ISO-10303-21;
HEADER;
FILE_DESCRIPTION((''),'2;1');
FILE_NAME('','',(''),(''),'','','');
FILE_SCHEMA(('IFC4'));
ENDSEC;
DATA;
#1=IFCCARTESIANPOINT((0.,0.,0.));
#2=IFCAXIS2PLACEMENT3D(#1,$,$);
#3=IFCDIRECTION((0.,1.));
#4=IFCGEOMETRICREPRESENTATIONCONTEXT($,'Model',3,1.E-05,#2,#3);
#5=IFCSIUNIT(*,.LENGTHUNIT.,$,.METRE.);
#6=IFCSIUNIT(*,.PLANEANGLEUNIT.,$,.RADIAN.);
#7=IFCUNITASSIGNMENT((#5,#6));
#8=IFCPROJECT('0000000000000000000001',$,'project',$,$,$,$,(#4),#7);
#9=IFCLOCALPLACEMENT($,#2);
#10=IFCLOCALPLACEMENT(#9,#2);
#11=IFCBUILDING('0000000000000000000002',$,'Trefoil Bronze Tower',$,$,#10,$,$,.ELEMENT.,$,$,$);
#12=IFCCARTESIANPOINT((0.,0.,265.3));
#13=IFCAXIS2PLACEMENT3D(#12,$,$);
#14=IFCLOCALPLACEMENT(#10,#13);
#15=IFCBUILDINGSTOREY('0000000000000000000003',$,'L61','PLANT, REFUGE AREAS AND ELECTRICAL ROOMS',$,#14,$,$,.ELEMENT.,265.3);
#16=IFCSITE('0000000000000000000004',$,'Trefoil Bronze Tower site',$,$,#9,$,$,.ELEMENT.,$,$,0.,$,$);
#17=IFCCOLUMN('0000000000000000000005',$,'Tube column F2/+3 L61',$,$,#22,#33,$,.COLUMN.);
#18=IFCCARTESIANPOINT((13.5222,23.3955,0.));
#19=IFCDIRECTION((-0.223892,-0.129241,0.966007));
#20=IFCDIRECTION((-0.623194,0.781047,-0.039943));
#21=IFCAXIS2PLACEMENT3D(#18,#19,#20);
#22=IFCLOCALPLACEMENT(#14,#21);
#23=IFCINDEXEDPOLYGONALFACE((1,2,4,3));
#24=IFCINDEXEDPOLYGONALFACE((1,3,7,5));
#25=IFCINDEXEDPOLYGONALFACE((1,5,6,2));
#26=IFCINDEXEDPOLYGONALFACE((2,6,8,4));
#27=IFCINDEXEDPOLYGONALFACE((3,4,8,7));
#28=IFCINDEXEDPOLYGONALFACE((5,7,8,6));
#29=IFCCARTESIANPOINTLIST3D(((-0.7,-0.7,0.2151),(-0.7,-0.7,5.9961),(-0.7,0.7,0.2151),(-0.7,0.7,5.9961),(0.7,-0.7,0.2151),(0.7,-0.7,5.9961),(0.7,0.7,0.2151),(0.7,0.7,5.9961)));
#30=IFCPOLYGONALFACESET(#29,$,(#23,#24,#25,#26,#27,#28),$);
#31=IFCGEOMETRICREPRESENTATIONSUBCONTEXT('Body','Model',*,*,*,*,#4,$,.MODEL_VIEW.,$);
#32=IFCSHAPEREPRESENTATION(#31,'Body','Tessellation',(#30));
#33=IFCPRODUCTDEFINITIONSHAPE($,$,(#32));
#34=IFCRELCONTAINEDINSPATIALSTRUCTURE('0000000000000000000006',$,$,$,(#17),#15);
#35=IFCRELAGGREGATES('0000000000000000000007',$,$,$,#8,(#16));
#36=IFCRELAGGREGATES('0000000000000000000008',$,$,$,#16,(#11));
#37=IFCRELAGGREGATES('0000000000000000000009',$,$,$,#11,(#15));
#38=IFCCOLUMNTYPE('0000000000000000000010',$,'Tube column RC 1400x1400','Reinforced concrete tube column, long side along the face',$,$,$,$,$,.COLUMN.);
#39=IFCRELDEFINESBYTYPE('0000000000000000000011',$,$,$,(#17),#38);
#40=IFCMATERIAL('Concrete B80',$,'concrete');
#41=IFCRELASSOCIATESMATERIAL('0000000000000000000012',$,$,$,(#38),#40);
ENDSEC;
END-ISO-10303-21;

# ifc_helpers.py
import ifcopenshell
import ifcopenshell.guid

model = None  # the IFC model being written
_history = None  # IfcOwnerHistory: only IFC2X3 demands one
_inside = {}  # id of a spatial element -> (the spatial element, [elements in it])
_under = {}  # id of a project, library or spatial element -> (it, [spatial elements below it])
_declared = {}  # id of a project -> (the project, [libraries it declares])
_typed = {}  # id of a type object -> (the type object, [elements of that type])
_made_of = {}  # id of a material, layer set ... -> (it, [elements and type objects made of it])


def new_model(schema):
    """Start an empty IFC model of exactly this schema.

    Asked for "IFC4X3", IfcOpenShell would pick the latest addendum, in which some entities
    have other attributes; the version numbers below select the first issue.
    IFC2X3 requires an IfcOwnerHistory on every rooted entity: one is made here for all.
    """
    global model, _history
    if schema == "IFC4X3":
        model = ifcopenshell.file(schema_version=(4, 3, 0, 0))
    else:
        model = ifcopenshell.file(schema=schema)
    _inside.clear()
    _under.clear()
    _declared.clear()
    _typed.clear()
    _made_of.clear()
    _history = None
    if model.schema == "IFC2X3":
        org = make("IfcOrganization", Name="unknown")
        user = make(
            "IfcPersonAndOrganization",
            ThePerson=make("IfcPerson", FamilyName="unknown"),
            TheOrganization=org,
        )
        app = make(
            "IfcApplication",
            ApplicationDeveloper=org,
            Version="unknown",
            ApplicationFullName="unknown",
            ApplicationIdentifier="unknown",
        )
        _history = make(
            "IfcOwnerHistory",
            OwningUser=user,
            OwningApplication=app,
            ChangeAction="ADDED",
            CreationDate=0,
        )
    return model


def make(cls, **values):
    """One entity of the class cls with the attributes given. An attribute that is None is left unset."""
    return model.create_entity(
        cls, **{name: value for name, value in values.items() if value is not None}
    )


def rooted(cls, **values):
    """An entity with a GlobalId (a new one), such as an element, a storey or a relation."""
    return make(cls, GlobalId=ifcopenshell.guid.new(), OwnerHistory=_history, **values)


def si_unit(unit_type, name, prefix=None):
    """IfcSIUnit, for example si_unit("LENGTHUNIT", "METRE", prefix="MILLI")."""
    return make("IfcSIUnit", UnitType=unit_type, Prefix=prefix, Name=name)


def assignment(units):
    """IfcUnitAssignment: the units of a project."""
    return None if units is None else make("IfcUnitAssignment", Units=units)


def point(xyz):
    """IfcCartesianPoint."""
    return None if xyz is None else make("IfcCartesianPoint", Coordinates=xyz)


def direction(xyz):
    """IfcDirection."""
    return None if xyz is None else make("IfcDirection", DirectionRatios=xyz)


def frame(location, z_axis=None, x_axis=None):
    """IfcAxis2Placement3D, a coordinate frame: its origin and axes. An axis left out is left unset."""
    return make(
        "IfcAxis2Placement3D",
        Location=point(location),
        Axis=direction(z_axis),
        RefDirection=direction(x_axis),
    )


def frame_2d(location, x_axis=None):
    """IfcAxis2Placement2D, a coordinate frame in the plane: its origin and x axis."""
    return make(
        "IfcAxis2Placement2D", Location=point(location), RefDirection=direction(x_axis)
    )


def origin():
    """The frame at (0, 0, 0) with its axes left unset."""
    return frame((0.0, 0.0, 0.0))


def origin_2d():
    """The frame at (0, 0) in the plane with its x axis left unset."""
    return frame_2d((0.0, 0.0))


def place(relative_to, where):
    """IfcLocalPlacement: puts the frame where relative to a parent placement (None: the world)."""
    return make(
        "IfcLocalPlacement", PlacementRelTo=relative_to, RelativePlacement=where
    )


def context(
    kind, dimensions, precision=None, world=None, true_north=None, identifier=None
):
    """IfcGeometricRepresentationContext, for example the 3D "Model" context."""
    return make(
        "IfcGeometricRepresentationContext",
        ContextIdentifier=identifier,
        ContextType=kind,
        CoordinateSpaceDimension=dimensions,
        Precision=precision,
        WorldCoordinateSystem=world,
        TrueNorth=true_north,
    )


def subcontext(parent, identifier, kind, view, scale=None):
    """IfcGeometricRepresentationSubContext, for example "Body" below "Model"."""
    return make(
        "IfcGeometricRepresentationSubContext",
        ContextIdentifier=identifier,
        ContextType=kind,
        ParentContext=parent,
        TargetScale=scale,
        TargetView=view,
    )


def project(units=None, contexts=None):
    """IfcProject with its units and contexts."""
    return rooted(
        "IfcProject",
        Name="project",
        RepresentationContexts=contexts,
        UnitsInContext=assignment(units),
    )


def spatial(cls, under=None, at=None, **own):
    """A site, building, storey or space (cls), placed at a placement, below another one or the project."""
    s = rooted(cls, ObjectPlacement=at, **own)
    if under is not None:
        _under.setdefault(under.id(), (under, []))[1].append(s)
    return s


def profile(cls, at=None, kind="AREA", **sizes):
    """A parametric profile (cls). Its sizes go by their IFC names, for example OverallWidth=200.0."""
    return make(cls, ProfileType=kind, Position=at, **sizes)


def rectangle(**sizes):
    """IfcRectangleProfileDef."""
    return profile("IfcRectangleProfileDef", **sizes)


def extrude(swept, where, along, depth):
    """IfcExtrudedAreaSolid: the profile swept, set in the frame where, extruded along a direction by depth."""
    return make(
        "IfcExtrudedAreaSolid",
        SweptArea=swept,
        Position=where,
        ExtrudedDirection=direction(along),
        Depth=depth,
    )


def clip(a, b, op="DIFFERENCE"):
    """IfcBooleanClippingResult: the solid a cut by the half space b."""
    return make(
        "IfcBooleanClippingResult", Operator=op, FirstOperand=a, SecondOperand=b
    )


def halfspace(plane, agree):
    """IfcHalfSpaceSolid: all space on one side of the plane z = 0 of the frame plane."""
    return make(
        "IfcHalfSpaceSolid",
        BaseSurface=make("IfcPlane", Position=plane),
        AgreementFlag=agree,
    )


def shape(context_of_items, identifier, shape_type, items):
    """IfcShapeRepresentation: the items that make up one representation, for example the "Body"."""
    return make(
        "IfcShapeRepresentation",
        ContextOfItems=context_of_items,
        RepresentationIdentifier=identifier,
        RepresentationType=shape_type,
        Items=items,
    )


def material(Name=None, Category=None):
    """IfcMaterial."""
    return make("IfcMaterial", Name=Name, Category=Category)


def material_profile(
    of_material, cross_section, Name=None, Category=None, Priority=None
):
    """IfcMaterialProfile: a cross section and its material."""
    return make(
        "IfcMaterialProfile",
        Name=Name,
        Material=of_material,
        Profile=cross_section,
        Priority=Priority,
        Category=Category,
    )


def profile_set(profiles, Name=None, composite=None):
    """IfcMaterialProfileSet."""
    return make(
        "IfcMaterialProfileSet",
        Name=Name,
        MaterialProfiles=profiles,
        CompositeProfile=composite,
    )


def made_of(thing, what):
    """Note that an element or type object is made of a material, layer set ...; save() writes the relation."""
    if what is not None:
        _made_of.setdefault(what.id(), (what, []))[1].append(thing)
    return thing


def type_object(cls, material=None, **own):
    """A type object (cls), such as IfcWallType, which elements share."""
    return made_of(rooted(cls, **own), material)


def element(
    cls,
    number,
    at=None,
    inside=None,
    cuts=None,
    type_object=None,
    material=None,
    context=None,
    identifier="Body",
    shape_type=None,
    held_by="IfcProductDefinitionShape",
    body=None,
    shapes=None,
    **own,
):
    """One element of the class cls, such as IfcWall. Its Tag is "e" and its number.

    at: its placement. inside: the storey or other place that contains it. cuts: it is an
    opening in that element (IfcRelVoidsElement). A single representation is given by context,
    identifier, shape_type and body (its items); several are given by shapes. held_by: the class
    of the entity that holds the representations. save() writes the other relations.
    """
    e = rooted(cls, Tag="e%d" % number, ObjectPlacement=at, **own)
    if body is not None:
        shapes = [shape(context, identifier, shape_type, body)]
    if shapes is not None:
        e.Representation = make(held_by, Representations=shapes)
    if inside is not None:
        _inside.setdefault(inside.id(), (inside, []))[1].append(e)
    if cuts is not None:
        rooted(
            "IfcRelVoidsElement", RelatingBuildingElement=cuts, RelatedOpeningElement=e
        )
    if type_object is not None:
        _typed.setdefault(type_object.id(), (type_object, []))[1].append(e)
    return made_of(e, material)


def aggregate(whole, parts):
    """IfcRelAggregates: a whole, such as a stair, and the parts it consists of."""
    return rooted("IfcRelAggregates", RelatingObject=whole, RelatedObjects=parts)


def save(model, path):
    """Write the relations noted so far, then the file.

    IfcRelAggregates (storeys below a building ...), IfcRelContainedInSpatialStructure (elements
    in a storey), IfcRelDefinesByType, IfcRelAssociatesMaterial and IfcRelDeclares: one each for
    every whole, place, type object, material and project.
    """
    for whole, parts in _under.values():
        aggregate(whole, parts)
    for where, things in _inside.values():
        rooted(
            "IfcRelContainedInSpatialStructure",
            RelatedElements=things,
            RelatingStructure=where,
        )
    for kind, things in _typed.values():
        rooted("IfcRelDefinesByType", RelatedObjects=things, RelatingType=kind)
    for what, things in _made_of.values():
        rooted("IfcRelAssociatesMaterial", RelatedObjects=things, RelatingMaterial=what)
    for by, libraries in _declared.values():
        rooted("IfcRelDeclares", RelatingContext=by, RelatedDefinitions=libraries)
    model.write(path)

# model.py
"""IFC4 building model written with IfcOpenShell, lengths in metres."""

from ifc_helpers import new_model, si_unit, direction, frame, origin, origin_2d, place, context, subcontext, project, spatial, rectangle, extrude, clip, halfspace, material, material_profile, profile_set, type_object, element, save


model = new_model("IFC4")

# Units and contexts
model_context = context("Model", 3, precision=1e-05, world=origin(), true_north=direction((0.0, 1.0)))
body_context = subcontext(model_context, "Body", "Model", "MODEL_VIEW")
ifc_project = project(units=[si_unit("LENGTHUNIT", "METRE"), si_unit("PLANEANGLEUNIT", "RADIAN")], contexts=[model_context])

# Site, building, storey
site_placement = place(None, origin())
site = spatial("IfcSite", under=ifc_project, at=site_placement, Name="Trefoil Bronze Tower site", CompositionType="ELEMENT", RefElevation=0.0)
building_placement = place(site_placement, origin())
building = spatial("IfcBuilding", under=site, at=building_placement, Name="Trefoil Bronze Tower", CompositionType="ELEMENT")
storey_placement = place(building_placement, frame((0.0, 0.0, 265.3)))
storey = spatial("IfcBuildingStorey", under=building, at=storey_placement, Name="L61", Description="PLANT, REFUGE AREAS AND ELECTRICAL ROOMS", CompositionType="ELEMENT", Elevation=265.3)

# Column
ifc_material_1 = material(Name="Concrete B80", Category="concrete")
ifc_material_profile_1 = material_profile(ifc_material_1, rectangle(XDim=1.3999, YDim=1.3999, at=origin_2d()), Name="RC 1400x1400")
ifc_profile_set_1 = profile_set([ifc_material_profile_1], Name="Concrete B80")
column_type = type_object("IfcColumnType", Name="Tube column RC 1400x1400", Description="Reinforced concrete tube column, long side along the face", PredefinedType="COLUMN", material=ifc_profile_set_1)
column_placement = place(storey_placement, frame((13.5222, 23.3955, 0.0), z_axis=(-0.223892, -0.129241, 0.966007), x_axis=(-0.623194, 0.781047, -0.039943)))
element("IfcColumn", 1, at=column_placement, inside=storey, type_object=column_type, Name="Tube column F2/+3 L61", PredefinedType="COLUMN", context=body_context, shape_type="Clipping", body=[
    clip(clip(extrude(rectangle(XDim=1.3999, YDim=1.3999, at=origin_2d()), origin(), (0.0, 0.0, 1.0), 6.2112), halfspace(frame((0.0, 0.0, 0.2151), z_axis=(-0.000021, -0.000003, 1.0), x_axis=(0.0, 1.0, 0.000003)), True)), halfspace(frame((0.0, 0.0, 5.9961), z_axis=(0.000021, 0.000003, -1.0), x_axis=(0.0, -1.0, -0.000003)), True)),
])

save(model, "model.ifc")
